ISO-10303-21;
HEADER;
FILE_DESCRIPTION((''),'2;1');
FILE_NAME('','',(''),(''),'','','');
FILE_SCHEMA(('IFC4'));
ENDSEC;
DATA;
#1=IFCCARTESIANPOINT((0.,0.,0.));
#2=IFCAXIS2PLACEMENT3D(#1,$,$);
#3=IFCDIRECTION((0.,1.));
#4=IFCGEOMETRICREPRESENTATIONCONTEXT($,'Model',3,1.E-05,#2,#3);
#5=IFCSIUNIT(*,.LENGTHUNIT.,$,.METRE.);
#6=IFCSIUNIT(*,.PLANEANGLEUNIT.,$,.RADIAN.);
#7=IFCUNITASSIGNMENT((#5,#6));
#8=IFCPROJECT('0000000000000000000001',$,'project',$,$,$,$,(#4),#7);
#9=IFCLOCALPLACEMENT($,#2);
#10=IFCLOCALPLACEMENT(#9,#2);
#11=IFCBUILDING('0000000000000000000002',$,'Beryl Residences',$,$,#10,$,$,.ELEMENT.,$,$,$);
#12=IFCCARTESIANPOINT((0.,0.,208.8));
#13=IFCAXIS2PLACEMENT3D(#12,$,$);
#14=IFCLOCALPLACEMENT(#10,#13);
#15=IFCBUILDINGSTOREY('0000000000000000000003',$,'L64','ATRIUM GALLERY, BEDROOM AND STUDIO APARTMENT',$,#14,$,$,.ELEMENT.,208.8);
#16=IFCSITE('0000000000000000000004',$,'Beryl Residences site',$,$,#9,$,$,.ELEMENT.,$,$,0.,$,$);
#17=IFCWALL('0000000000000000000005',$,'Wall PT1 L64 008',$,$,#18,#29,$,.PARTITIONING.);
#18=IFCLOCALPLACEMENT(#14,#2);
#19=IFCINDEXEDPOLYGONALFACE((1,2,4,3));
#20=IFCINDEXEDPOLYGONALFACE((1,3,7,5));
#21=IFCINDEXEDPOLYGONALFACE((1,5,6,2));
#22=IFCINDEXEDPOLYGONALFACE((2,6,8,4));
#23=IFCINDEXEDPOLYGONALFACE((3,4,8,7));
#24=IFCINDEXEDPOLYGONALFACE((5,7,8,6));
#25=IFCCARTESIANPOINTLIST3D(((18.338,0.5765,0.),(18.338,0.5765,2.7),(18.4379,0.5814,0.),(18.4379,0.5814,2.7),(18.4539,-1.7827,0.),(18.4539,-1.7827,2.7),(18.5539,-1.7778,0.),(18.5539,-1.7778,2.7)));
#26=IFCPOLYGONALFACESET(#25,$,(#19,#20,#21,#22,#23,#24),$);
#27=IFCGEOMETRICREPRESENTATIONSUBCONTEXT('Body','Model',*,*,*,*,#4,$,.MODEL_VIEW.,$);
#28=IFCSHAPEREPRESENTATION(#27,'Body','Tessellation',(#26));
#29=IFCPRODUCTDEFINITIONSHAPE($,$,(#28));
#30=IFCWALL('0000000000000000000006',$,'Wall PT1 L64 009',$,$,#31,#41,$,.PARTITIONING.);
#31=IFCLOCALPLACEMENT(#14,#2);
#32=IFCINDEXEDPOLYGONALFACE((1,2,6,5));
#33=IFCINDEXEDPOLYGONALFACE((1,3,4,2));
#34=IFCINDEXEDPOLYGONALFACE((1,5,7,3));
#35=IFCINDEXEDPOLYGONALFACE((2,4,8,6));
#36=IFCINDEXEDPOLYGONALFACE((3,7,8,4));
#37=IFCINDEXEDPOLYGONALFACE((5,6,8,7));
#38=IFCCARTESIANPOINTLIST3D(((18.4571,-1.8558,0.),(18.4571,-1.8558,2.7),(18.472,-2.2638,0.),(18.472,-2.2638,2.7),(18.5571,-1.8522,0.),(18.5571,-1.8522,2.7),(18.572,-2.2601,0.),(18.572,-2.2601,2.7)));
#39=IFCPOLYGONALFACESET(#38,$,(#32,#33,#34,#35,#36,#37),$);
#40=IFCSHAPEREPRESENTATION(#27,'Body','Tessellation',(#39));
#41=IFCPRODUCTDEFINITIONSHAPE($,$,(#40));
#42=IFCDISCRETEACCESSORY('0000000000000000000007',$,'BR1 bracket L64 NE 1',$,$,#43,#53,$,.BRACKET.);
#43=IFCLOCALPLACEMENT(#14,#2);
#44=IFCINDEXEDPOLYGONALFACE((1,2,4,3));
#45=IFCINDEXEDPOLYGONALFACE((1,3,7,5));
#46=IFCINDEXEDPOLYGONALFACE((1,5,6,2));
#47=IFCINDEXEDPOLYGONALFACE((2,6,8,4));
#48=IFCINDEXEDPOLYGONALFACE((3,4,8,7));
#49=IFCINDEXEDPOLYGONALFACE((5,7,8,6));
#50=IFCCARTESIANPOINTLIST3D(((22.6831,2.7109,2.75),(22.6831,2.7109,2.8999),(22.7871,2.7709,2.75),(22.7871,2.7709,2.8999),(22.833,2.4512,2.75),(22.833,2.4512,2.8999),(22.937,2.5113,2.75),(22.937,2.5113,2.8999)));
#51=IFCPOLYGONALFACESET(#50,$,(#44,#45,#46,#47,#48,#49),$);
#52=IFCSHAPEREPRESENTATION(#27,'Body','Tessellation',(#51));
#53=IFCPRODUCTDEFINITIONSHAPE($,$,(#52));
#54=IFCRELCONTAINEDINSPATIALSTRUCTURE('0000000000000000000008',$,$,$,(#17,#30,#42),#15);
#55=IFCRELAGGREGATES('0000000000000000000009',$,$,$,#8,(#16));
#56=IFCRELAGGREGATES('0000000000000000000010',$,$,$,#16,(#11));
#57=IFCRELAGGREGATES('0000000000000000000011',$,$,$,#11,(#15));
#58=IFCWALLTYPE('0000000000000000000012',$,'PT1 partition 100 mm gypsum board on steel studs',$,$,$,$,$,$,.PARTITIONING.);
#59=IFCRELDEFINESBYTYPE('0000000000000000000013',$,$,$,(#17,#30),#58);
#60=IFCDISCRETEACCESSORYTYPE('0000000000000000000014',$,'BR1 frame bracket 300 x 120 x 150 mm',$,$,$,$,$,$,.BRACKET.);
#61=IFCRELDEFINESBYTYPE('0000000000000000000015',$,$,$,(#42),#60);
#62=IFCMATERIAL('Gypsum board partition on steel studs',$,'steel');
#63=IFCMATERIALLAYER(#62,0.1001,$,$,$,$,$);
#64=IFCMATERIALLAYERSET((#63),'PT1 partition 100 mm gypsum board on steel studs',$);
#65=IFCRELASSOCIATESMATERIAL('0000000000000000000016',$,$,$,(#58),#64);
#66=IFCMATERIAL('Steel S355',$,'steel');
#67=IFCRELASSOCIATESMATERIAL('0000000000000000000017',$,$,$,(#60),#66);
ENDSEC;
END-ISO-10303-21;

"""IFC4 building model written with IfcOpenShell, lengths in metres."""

from ifc_helpers import new_model, si_unit, direction, frame, frame_2d, origin, place, context, subcontext, project, spatial, polyline, rectangle, outline, extrude, source, transform, mapped, material, layer, layer_set, type_object, type_shapes, element, save


model = new_model("IFC4")

# Units and contexts
model_context = context("Model", 3, precision=1e-05, world=origin(), true_north=direction((0.0, 1.0)))
body_context = subcontext(model_context, "Body", "Model", "MODEL_VIEW")
ifc_project = project(units=[si_unit("LENGTHUNIT", "METRE"), si_unit("PLANEANGLEUNIT", "RADIAN")], contexts=[model_context])

# Site, building, storey
site_placement = place(None, origin())
site = spatial("IfcSite", under=ifc_project, at=site_placement, Name="Beryl Residences site", CompositionType="ELEMENT", RefElevation=0.0)
building_placement = place(site_placement, origin())
building = spatial("IfcBuilding", under=site, at=building_placement, Name="Beryl Residences", CompositionType="ELEMENT")
storey_placement = place(building_placement, frame((0.0, 0.0, 208.8)))
storey = spatial("IfcBuildingStorey", under=building, at=storey_placement, Name="L64", Description="ATRIUM GALLERY, BEDROOM AND STUDIO APARTMENT", CompositionType="ELEMENT", Elevation=208.8)

# Walls
ifc_material_1 = material(Name="Gypsum board partition on steel studs", Category="steel")
ifc_layer_1 = layer(ifc_material_1, 0.1001)
ifc_layer_set_1 = layer_set([ifc_layer_1], Name="PT1 partition 100 mm gypsum board on steel studs")
wall_type_1 = type_object("IfcWallType", Name="PT1 partition 100 mm gypsum board on steel studs", PredefinedType="PARTITIONING", material=ifc_layer_set_1)
wall_1_placement = place(storey_placement, frame((18.3879, 0.5791, 0.0), z_axis=(0.0, 0.0, 1.0), x_axis=(0.049097, -0.998794, 0.0)))
element("IfcWall", 1, at=wall_1_placement, inside=storey, type_object=wall_type_1, Name="Wall PT1 L64 008", PredefinedType="PARTITIONING", context=body_context, shape_type="SweptSolid", body=[
    extrude(rectangle(XDim=2.3621, YDim=0.1001, at=frame_2d((1.1812, 0.0))), origin(), (0.0, 0.0, 1.0), 2.7),
])
wall_2_placement = place(storey_placement, frame((18.5071, -1.854, 0.0), z_axis=(0.0, 0.0, 1.0), x_axis=(0.036481, -0.999334, 0.0)))
element("IfcWall", 2, at=wall_2_placement, inside=storey, type_object=wall_type_1, Name="Wall PT1 L64 009", PredefinedType="PARTITIONING", context=body_context, shape_type="SweptSolid", body=[
    extrude(rectangle(XDim=0.4082, YDim=0.1001, at=frame_2d((0.2041, 0.0))), origin(), (0.0, 0.0, 1.0), 2.7),
])

# Discrete accessory
ifc_material_2 = material(Name="Steel S355", Category="steel")
discrete_accessory_type = type_object("IfcDiscreteAccessoryType", Name="BR1 frame bracket 300 x 120 x 150 mm", PredefinedType="BRACKET", material=ifc_material_2)
shared_shape_1 = source(origin(), body_context, "Body", "SweptSolid", [
    extrude(outline(polyline([(-0.1499, 0.0), (0.1499, 0.0), (0.1499, 0.1201), (-0.1499, 0.1201), (-0.1499, 0.0)])), origin(), (0.0, 0.0, 1.0), 0.1499),
])
type_shapes(discrete_accessory_type, [shared_shape_1])
discrete_accessory_placement = place(storey_placement, frame((22.7581, 2.5811, 2.75), z_axis=(0.0, 0.0, 1.0), x_axis=(0.5, -0.866025, 0.0)))
element("IfcDiscreteAccessory", 3, at=discrete_accessory_placement, inside=storey, type_object=discrete_accessory_type, Name="BR1 bracket L64 NE 1", PredefinedType="BRACKET", context=body_context, shape_type="MappedRepresentation", body=[
    mapped(shared_shape_1, transform((0.0, 0.0, 0.0))),
])

save(model, "model.ifc")
